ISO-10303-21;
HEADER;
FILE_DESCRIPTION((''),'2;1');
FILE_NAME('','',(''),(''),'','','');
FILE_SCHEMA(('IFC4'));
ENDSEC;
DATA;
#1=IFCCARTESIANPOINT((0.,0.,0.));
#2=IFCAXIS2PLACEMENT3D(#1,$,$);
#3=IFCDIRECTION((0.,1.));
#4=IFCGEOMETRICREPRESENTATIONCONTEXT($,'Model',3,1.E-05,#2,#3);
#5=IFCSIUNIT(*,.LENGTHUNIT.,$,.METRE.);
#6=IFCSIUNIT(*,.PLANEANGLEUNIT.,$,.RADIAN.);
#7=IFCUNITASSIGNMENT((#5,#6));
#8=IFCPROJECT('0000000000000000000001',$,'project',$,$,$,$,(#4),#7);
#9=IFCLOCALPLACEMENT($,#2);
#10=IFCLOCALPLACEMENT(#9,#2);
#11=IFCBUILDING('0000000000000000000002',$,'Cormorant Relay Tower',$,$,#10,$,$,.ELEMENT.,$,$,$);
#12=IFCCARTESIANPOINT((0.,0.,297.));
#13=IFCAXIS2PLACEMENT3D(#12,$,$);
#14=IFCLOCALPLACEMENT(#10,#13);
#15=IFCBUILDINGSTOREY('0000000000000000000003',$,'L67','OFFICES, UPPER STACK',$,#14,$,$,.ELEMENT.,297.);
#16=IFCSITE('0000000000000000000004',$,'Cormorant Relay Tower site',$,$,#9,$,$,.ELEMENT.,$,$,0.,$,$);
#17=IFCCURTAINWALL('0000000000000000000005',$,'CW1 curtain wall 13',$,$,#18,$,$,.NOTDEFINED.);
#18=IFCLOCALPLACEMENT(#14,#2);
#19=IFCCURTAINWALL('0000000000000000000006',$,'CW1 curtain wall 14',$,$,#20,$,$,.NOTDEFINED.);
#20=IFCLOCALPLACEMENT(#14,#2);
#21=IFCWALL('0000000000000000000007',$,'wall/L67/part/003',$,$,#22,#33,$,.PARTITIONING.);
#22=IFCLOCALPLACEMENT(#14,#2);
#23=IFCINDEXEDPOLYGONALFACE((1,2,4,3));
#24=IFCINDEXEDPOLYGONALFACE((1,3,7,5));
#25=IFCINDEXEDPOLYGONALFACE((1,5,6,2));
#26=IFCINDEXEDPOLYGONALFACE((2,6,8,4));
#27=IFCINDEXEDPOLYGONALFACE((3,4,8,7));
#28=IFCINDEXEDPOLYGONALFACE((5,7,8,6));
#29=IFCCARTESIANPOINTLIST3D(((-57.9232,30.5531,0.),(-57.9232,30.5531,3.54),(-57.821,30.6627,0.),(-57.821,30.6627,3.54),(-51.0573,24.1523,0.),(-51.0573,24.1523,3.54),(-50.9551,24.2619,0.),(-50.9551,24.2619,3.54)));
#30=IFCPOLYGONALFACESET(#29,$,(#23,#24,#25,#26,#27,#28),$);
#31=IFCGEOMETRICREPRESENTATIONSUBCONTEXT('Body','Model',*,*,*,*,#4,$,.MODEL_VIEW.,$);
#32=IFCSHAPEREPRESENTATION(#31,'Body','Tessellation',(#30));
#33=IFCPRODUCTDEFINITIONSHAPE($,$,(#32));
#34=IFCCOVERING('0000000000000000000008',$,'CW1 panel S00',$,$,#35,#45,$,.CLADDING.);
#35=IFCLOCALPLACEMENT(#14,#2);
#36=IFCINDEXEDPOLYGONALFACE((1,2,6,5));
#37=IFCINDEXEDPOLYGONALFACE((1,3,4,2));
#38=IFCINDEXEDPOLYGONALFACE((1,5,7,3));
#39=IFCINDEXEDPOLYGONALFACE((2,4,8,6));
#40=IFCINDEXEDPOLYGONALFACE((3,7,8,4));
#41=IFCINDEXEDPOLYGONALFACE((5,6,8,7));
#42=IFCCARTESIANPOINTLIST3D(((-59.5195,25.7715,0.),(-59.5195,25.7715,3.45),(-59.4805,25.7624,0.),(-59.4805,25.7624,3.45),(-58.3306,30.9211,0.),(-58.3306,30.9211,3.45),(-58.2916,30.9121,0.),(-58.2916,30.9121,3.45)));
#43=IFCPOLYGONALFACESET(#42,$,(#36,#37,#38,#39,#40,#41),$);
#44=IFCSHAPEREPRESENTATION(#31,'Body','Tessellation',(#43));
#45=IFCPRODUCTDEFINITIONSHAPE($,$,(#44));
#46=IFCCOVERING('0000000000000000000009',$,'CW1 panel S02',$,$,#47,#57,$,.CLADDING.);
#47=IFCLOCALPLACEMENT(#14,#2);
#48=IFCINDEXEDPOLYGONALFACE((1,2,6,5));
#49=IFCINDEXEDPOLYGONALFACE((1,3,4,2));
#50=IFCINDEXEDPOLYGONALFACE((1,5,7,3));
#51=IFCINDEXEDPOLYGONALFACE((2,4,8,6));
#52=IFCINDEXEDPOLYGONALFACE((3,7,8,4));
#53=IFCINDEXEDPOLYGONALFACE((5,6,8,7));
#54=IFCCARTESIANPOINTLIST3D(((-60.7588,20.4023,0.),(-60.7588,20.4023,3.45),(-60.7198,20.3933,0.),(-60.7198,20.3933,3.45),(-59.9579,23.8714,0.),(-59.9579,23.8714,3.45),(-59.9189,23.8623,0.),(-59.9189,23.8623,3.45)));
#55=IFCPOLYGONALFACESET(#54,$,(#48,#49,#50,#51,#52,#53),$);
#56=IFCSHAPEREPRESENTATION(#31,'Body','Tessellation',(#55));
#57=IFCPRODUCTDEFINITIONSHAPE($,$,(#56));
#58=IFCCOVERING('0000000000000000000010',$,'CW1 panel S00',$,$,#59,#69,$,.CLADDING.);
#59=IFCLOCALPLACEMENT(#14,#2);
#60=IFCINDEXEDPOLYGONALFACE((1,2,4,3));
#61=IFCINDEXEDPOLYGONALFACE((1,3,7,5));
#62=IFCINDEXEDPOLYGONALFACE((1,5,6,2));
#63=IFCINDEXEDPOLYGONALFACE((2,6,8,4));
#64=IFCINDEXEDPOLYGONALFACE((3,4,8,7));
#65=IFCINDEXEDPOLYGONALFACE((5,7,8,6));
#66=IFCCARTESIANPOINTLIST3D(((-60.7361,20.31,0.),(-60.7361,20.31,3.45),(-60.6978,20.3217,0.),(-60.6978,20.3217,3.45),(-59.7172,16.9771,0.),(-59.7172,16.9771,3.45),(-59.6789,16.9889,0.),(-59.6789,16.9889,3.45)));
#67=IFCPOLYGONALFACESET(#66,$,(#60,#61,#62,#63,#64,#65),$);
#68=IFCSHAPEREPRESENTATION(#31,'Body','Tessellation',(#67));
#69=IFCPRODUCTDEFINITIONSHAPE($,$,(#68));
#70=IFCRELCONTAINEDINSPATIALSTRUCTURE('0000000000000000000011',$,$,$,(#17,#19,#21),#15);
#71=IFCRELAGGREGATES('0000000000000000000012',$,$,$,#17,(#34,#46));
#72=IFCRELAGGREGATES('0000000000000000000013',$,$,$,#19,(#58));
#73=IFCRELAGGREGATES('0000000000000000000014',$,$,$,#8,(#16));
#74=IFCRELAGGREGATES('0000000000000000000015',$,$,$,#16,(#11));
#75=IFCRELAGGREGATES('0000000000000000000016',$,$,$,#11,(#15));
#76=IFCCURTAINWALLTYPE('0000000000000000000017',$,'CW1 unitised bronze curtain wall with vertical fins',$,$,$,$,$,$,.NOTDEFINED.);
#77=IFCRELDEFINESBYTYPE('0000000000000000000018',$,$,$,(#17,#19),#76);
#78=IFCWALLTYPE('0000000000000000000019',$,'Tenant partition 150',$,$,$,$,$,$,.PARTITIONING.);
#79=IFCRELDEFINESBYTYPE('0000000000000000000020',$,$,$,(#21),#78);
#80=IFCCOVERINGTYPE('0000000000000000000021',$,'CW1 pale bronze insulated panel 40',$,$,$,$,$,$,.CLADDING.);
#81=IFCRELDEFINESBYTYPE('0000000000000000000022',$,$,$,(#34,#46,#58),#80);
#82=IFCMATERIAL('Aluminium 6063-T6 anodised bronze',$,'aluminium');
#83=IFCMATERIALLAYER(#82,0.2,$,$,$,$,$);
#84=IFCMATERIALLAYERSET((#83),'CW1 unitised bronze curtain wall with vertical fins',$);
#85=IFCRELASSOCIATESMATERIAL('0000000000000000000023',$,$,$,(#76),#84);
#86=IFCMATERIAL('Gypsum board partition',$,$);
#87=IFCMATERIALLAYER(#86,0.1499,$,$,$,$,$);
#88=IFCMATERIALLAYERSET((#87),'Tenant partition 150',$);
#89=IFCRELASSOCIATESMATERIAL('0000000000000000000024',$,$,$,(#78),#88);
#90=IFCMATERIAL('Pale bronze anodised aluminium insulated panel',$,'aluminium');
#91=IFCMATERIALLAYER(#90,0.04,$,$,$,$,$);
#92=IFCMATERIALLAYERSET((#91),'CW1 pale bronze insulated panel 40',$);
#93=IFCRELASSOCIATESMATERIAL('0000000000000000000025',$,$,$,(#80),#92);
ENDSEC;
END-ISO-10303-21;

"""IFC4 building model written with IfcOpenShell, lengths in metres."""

from ifc_helpers import new_model, si_unit, direction, frame, frame_2d, origin, origin_2d, place, context, subcontext, project, spatial, rectangle, extrude, material, layer, layer_set, type_object, element, aggregate, save


model = new_model("IFC4")

# Units and contexts
model_context = context("Model", 3, precision=1e-05, world=origin(), true_north=direction((0.0, 1.0)))
body_context = subcontext(model_context, "Body", "Model", "MODEL_VIEW")
ifc_project = project(units=[si_unit("LENGTHUNIT", "METRE"), si_unit("PLANEANGLEUNIT", "RADIAN")], contexts=[model_context])

# Site, building, storey
site_placement = place(None, origin())
site = spatial("IfcSite", under=ifc_project, at=site_placement, Name="Cormorant Relay Tower site", CompositionType="ELEMENT", RefElevation=0.0)
building_placement = place(site_placement, origin())
building = spatial("IfcBuilding", under=site, at=building_placement, Name="Cormorant Relay Tower", CompositionType="ELEMENT")
storey_placement = place(building_placement, frame((0.0, 0.0, 297.0)))
storey = spatial("IfcBuildingStorey", under=building, at=storey_placement, Name="L67", Description="OFFICES, UPPER STACK", CompositionType="ELEMENT", Elevation=297.0)

# Curtain wall
ifc_material_1 = material(Name="Aluminium 6063-T6 anodised bronze", Category="aluminium")
ifc_layer_1 = layer(ifc_material_1, 0.2)
ifc_layer_set_1 = layer_set([ifc_layer_1], Name="CW1 unitised bronze curtain wall with vertical fins")
curtain_wall_type = type_object("IfcCurtainWallType", Name="CW1 unitised bronze curtain wall with vertical fins", PredefinedType="NOTDEFINED", material=ifc_layer_set_1)
curtain_wall_1_placement = place(storey_placement, origin())
curtain_wall_1 = element("IfcCurtainWall", 1, at=curtain_wall_1_placement, inside=storey, type_object=curtain_wall_type, Name="CW1 curtain wall 13", PredefinedType="NOTDEFINED")

# Curtain wall
curtain_wall_2_placement = place(storey_placement, origin())
curtain_wall_2 = element("IfcCurtainWall", 2, at=curtain_wall_2_placement, inside=storey, type_object=curtain_wall_type, Name="CW1 curtain wall 14", PredefinedType="NOTDEFINED")

# Wall
ifc_material_2 = material(Name="Gypsum board partition")
ifc_layer_2 = layer(ifc_material_2, 0.1499)
ifc_layer_set_2 = layer_set([ifc_layer_2], Name="Tenant partition 150")
wall_type_1 = type_object("IfcWallType", Name="Tenant partition 150", PredefinedType="PARTITIONING", material=ifc_layer_set_2)
wall_1_placement = place(storey_placement, frame((-57.8721, 30.6079, 0.0), z_axis=(0.0, 0.0, 1.0), x_axis=(0.731446, -0.681899, 0.0)))
element("IfcWall", 3, at=wall_1_placement, inside=storey, type_object=wall_type_1, Name="wall/L67/part/003", PredefinedType="PARTITIONING", context=body_context, shape_type="SweptSolid", body=[
    extrude(rectangle(XDim=9.3867, YDim=0.1499, at=frame_2d((4.6934, 0.0))), origin(), (0.0, 0.0, 1.0), 3.54),
])

# Coverings
ifc_material_3 = material(Name="Pale bronze anodised aluminium insulated panel", Category="aluminium")
ifc_layer_3 = layer(ifc_material_3, 0.04)
ifc_layer_set_3 = layer_set([ifc_layer_3], Name="CW1 pale bronze insulated panel 40")
covering_type = type_object("IfcCoveringType", Name="CW1 pale bronze insulated panel 40", PredefinedType="CLADDING", material=ifc_layer_set_3)
covering_1_placement = place(storey_placement, frame((-58.9055, 28.3418, 0.0), z_axis=(0.0, 0.0, 1.0), x_axis=(-0.224951, -0.97437, 0.0)))
covering_1 = element("IfcCovering", 4, at=covering_1_placement, type_object=covering_type, Name="CW1 panel S00", PredefinedType="CLADDING", context=body_context, shape_type="SweptSolid", body=[
    extrude(rectangle(XDim=5.2852, YDim=0.04, at=origin_2d()), origin(), (0.0, 0.0, 1.0), 3.45),
])
covering_2_placement = place(storey_placement, frame((-60.3389, 22.1323, 0.0), z_axis=(0.0, 0.0, 1.0), x_axis=(-0.224951, -0.97437, 0.0)))
covering_2 = element("IfcCovering", 5, at=covering_2_placement, type_object=covering_type, Name="CW1 panel S02", PredefinedType="CLADDING", context=body_context, shape_type="SweptSolid", body=[
    extrude(rectangle(XDim=3.5603, YDim=0.04, at=origin_2d()), origin(), (0.0, 0.0, 1.0), 3.45),
])
aggregate(curtain_wall_1, [covering_1, covering_2])
covering_3_placement = place(storey_placement, frame((-60.2075, 18.6494, 0.0), z_axis=(0.0, 0.0, 1.0), x_axis=(0.292372, -0.956305, 0.0)))
covering_3 = element("IfcCovering", 6, at=covering_3_placement, type_object=covering_type, Name="CW1 panel S00", PredefinedType="CLADDING", context=body_context, shape_type="SweptSolid", body=[
    extrude(rectangle(XDim=3.4851, YDim=0.04, at=origin_2d()), origin(), (0.0, 0.0, 1.0), 3.45),
])
aggregate(curtain_wall_2, [covering_3])

save(model, "model.ifc")
